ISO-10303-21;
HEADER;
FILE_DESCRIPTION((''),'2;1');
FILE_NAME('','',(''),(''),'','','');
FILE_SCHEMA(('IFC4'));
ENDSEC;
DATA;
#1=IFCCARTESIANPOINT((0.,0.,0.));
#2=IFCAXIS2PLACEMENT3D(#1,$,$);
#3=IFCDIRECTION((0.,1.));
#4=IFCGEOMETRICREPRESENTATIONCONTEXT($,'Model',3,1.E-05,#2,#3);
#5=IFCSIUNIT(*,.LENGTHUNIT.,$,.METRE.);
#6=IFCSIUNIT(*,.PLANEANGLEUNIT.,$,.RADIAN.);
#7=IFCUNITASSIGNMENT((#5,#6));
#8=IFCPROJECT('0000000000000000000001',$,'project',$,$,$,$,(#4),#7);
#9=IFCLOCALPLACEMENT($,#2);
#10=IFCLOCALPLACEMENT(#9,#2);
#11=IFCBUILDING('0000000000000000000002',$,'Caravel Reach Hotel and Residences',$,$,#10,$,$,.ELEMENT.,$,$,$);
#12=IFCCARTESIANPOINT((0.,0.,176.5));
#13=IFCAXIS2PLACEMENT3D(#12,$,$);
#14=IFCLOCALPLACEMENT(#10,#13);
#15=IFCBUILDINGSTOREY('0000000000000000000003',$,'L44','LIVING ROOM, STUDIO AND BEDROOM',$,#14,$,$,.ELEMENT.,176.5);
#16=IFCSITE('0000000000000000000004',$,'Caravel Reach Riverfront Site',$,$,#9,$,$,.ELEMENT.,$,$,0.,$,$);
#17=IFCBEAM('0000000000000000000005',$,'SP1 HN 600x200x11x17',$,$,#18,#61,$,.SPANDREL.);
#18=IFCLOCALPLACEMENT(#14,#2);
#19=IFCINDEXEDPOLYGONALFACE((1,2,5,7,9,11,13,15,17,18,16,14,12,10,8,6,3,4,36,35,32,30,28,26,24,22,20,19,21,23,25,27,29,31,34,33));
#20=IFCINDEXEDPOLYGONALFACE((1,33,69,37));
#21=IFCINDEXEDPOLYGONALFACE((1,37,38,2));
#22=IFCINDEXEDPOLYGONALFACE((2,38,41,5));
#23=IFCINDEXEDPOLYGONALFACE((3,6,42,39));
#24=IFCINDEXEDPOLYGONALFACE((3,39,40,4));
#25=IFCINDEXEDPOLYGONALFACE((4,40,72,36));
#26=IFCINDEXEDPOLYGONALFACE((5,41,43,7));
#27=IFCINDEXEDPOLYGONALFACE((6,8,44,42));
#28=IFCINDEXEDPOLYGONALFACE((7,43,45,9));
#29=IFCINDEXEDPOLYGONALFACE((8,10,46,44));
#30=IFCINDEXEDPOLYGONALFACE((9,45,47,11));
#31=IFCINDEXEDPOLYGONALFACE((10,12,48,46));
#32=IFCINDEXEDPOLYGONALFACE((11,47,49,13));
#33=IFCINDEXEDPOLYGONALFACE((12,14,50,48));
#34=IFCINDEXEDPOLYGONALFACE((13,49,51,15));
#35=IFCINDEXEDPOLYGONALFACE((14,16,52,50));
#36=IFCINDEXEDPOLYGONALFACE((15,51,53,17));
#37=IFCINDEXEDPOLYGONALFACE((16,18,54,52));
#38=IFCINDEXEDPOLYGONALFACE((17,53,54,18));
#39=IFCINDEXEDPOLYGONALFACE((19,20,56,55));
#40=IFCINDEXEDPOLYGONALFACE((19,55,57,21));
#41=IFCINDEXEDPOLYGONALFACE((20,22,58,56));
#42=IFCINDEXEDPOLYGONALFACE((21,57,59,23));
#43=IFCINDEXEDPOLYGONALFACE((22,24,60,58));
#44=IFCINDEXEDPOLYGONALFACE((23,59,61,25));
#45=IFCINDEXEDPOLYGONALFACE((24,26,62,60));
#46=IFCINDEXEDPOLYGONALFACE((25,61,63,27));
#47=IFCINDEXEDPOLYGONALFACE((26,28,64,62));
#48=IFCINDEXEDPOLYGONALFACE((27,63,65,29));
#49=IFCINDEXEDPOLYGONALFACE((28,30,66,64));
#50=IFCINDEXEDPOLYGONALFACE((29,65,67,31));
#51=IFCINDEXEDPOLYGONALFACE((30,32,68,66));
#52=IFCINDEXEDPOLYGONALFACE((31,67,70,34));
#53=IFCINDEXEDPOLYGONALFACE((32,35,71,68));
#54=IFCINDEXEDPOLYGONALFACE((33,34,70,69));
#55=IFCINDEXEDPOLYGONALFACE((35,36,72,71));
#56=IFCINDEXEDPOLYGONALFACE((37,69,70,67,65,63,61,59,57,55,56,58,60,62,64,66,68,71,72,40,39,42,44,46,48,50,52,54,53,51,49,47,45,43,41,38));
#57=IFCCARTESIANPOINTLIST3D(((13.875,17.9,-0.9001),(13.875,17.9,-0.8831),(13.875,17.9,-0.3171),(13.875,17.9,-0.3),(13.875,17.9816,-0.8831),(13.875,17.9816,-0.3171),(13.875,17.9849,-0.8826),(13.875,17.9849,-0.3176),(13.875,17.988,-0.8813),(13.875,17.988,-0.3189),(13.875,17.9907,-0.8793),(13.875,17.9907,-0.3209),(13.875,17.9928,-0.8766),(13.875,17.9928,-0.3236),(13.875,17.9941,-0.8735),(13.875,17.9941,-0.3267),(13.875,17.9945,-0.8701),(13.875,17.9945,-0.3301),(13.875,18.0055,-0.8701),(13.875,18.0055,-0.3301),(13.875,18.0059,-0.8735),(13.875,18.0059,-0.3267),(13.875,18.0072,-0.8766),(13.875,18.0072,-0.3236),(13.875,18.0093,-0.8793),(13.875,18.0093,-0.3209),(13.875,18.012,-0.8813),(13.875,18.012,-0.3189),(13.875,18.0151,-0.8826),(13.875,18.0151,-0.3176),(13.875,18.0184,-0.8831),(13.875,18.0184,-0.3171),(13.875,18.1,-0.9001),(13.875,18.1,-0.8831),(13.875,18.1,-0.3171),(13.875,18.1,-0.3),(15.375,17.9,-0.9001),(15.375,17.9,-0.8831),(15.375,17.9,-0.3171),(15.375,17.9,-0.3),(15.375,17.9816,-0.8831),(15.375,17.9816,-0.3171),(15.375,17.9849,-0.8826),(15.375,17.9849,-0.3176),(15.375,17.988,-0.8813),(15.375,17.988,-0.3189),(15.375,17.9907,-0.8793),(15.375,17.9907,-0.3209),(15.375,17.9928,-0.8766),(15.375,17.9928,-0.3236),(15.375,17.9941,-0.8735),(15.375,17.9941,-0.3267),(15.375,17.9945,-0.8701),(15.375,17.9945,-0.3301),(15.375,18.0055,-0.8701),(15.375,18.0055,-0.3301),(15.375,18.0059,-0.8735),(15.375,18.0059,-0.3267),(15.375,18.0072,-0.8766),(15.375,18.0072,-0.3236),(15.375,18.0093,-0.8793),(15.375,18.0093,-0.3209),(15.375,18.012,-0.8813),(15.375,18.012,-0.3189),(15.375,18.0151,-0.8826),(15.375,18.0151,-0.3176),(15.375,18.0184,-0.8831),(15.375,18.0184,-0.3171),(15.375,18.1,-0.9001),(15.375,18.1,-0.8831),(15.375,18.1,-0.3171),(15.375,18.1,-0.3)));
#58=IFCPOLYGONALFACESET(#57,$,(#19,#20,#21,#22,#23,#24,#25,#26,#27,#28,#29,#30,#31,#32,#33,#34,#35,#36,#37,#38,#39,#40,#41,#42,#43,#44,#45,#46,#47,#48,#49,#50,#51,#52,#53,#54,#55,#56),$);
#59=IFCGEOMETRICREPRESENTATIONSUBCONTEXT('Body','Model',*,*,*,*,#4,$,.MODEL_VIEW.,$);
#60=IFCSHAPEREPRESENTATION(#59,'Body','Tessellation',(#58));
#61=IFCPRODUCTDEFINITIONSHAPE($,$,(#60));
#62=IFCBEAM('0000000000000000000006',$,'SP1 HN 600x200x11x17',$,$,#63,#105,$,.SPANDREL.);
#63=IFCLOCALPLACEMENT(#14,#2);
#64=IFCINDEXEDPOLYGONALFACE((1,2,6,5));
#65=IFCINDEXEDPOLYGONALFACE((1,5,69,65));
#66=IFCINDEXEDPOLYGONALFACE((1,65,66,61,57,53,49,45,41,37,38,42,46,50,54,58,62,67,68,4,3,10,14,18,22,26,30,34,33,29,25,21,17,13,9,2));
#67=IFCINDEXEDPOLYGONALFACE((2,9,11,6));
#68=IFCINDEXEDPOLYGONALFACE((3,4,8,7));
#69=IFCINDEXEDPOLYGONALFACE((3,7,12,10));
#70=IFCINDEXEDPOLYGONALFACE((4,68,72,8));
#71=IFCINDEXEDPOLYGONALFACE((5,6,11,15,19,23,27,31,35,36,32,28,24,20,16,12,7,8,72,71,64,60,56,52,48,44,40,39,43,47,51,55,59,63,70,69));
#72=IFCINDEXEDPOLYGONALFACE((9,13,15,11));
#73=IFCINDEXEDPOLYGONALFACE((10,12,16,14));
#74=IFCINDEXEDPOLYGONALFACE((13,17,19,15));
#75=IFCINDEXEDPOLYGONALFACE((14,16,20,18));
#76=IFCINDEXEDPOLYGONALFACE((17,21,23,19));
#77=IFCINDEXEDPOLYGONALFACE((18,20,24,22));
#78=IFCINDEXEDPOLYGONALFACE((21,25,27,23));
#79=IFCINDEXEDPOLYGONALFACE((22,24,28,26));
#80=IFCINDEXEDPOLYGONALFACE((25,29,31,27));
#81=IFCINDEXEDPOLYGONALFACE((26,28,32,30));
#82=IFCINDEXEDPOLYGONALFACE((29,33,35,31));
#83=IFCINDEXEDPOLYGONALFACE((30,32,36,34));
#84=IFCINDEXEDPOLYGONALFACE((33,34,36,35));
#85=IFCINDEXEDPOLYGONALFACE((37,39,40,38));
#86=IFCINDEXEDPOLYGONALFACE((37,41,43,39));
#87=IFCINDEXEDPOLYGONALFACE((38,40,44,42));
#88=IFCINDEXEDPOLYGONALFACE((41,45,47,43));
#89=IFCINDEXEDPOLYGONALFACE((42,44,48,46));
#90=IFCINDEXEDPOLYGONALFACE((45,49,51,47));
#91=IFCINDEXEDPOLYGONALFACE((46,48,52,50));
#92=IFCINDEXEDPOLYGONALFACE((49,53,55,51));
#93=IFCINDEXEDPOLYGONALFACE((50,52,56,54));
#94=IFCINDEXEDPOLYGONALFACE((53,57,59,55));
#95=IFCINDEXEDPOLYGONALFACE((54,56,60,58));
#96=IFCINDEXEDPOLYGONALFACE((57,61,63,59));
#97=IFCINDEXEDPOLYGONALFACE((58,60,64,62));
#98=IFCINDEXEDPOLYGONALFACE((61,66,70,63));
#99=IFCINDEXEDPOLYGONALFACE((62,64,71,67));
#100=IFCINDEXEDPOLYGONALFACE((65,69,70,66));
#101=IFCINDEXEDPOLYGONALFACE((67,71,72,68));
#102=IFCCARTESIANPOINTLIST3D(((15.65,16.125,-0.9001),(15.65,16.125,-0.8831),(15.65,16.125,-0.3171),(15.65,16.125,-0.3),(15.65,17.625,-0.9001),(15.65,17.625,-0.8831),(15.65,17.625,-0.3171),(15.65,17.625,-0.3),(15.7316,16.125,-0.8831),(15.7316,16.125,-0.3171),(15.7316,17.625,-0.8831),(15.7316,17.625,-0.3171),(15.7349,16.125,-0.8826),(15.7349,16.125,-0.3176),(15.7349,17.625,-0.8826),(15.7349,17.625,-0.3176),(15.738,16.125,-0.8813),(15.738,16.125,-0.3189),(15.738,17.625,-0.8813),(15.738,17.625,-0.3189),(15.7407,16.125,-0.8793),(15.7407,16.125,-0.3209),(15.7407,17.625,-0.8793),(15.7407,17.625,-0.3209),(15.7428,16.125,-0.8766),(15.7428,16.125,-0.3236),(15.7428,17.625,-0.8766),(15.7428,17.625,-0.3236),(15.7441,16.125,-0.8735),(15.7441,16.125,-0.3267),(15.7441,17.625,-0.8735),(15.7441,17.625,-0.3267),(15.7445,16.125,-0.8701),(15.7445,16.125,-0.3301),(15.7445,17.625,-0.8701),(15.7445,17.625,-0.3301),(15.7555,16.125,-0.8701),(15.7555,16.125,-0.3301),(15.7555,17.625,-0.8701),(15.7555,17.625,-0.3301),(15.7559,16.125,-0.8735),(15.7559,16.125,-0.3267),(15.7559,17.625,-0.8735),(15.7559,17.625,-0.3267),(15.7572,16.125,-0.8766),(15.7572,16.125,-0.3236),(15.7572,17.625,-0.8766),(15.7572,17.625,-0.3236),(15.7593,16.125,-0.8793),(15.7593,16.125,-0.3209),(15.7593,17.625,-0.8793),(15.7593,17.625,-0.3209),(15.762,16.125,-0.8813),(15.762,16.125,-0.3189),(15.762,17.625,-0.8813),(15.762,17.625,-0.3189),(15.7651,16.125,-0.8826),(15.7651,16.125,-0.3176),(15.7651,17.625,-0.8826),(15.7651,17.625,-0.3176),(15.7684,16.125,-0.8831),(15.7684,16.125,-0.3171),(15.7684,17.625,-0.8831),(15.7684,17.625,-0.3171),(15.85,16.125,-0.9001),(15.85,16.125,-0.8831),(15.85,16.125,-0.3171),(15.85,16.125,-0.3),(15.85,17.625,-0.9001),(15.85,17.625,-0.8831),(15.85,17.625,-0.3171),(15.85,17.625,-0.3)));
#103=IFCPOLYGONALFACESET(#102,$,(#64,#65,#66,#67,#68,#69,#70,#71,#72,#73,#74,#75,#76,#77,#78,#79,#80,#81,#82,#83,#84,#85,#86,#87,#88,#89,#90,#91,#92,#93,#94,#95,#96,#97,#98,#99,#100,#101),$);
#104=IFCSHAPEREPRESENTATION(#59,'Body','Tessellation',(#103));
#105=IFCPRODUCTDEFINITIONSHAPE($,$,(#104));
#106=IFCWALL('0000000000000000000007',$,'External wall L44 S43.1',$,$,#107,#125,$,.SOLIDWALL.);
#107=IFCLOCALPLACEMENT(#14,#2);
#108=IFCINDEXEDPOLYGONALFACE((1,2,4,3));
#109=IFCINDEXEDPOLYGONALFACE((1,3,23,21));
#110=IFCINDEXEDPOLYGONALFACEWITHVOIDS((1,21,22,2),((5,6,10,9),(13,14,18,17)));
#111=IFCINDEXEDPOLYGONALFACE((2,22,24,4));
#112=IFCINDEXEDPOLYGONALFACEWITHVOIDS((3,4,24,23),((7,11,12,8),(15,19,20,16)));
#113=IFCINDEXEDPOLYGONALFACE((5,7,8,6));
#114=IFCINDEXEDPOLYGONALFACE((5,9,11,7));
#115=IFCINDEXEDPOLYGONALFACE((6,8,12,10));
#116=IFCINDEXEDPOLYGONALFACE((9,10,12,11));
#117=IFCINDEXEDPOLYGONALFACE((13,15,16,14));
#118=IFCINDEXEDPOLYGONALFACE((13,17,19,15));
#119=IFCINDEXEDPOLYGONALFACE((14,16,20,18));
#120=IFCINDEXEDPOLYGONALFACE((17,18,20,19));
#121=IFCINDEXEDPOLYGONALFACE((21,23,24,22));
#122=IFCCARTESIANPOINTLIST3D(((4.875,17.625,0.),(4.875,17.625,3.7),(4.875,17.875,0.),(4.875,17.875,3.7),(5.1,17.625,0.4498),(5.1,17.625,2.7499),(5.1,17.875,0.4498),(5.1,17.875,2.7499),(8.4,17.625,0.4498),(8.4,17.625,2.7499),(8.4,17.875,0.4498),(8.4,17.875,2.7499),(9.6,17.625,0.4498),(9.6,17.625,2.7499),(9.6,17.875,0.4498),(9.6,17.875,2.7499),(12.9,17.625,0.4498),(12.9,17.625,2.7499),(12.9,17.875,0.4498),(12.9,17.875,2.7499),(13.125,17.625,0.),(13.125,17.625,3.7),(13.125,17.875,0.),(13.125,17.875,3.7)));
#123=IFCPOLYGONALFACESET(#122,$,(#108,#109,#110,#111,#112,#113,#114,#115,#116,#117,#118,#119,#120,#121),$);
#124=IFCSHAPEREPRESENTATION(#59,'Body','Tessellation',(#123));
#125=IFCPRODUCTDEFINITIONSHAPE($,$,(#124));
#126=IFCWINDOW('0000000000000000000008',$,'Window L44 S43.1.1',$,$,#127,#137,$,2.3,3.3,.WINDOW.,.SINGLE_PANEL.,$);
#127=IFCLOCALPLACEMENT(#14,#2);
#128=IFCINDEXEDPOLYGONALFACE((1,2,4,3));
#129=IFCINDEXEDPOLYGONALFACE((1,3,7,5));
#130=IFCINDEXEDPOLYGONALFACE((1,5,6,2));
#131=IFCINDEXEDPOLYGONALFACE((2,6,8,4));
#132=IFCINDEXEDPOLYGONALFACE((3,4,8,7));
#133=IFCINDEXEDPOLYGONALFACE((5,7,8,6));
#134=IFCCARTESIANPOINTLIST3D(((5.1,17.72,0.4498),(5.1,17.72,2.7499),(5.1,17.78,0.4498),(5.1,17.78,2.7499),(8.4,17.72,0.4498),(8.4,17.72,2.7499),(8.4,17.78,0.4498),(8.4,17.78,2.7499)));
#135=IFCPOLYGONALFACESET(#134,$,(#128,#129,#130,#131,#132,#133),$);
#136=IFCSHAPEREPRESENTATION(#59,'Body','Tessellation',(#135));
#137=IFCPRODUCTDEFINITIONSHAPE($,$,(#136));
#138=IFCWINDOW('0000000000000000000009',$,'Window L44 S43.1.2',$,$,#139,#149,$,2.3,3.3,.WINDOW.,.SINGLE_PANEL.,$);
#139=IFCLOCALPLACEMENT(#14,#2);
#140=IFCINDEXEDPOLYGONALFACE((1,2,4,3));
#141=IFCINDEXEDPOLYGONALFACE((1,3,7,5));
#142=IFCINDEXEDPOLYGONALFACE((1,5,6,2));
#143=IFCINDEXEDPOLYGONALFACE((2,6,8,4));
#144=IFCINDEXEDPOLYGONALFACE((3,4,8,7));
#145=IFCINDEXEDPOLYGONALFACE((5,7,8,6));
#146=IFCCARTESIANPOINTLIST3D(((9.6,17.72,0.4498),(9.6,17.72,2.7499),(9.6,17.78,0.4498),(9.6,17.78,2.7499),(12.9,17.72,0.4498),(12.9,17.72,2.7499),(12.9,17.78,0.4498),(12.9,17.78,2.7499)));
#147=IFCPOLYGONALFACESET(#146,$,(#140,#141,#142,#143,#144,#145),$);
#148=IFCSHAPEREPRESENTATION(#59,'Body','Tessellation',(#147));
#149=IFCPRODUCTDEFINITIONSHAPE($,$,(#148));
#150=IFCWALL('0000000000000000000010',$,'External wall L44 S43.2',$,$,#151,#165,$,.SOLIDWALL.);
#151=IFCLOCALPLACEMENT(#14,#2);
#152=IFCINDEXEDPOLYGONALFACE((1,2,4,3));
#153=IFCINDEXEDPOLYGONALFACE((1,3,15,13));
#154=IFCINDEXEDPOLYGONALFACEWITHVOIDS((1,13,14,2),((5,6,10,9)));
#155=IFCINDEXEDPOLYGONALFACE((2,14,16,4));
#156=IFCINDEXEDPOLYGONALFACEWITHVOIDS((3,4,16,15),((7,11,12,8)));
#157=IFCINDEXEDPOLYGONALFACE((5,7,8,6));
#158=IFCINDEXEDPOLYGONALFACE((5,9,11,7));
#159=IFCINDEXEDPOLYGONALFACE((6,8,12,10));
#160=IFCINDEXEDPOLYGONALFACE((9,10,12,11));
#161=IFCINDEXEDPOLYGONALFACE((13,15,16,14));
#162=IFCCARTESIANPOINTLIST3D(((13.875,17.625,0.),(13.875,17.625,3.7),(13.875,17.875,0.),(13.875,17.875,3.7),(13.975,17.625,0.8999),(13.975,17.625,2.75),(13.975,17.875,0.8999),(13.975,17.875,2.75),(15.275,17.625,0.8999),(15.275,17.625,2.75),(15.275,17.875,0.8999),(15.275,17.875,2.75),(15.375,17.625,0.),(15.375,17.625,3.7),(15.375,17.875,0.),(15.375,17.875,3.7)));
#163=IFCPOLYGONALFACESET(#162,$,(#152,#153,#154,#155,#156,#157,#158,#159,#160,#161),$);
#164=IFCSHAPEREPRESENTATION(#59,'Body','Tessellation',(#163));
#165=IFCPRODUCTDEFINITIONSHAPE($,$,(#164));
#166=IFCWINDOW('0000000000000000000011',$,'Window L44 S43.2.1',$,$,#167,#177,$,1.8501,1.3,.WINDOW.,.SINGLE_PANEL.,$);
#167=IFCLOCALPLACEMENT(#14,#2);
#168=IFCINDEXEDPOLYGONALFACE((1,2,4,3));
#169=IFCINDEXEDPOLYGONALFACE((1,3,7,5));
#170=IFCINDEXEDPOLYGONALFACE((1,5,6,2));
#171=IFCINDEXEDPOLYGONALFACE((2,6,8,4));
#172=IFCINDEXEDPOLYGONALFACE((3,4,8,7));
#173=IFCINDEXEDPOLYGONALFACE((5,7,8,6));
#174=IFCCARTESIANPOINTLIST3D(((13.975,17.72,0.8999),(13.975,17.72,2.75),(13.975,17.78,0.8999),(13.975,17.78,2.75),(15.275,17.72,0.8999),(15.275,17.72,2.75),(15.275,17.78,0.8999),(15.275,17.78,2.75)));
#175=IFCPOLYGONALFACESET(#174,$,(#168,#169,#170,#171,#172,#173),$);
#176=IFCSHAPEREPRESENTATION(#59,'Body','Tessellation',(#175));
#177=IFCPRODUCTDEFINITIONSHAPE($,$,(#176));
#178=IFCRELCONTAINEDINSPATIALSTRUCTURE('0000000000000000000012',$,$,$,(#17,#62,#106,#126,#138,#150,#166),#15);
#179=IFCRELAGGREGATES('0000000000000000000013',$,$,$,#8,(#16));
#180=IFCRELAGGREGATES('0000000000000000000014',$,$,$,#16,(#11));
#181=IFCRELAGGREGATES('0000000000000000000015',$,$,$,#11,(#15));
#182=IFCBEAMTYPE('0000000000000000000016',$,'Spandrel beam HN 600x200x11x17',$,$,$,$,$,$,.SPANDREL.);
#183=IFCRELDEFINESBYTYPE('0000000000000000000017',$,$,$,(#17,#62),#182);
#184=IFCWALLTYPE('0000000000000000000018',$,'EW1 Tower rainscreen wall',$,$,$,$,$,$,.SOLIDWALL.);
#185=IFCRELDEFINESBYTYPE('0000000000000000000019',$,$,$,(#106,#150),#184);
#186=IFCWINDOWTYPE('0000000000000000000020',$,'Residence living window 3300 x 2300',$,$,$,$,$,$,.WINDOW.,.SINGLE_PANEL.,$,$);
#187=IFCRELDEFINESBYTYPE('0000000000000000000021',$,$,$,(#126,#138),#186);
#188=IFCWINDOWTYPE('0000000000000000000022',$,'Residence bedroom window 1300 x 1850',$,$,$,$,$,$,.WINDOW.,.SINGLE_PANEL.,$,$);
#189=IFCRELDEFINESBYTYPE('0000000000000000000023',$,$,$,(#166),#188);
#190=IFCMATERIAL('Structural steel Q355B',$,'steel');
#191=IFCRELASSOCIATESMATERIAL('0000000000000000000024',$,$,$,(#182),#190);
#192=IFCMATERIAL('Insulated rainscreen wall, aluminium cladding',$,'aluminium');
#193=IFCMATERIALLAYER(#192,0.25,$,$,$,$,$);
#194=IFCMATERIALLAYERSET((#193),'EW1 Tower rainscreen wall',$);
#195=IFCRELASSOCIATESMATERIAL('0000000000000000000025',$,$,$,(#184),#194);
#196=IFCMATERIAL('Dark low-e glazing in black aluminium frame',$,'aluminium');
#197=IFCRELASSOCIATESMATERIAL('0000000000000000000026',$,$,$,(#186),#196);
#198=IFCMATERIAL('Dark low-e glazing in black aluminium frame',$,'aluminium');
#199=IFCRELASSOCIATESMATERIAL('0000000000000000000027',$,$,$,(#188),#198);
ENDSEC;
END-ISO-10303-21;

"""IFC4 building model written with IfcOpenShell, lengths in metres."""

from ifc_helpers import new_model, si_unit, direction, frame, frame_2d, origin, origin_2d, place, context, subcontext, project, spatial, rectangle, i_section, extrude, material, layer, layer_set, material_profile, profile_set, type_object, element, fill, save


model = new_model("IFC4")

# Units and contexts
model_context = context("Model", 3, precision=1e-05, world=origin(), true_north=direction((0.0, 1.0)))
body_context = subcontext(model_context, "Body", "Model", "MODEL_VIEW")
ifc_project = project(units=[si_unit("LENGTHUNIT", "METRE"), si_unit("PLANEANGLEUNIT", "RADIAN")], contexts=[model_context])

# Site, building, storey
site_placement = place(None, origin())
site = spatial("IfcSite", under=ifc_project, at=site_placement, Name="Caravel Reach Riverfront Site", CompositionType="ELEMENT", RefElevation=0.0)
building_placement = place(site_placement, origin())
building = spatial("IfcBuilding", under=site, at=building_placement, Name="Caravel Reach Hotel and Residences", CompositionType="ELEMENT")
storey_placement = place(building_placement, frame((0.0, 0.0, 176.5)))
storey = spatial("IfcBuildingStorey", under=building, at=storey_placement, Name="L44", Description="LIVING ROOM, STUDIO AND BEDROOM", CompositionType="ELEMENT", Elevation=176.5)

# Beams
ifc_material_1 = material(Name="Structural steel Q355B", Category="steel")
ifc_material_profile_1 = material_profile(ifc_material_1, i_section(OverallWidth=0.2, OverallDepth=0.6001, WebThickness=0.011, FlangeThickness=0.0171, FilletRadius=0.0129, at=origin_2d()), Name="HN 600x200x11x17")
ifc_profile_set_1 = profile_set([ifc_material_profile_1], Name="Structural steel Q355B")
beam_type_1 = type_object("IfcBeamType", Name="Spandrel beam HN 600x200x11x17", PredefinedType="SPANDREL", material=ifc_profile_set_1)
for number, where, z_axis, x_axis, name in (
    (1, (13.875, 18.0, -0.6001), (1.0, 0.0, 0.0), (0.0, 1.0, 0.0), "SP1 HN 600x200x11x17"),
    (2, (15.75, 17.625, -0.6001), (0.0, -1.0, 0.0), (1.0, 0.0, 0.0), "SP1 HN 600x200x11x17"),
):
    element("IfcBeam", number, at=place(storey_placement, frame(where, z_axis=z_axis, x_axis=x_axis)), inside=storey, type_object=beam_type_1, Name=name, PredefinedType="SPANDREL", context=body_context, shape_type="SweptSolid", body=[
        extrude(i_section(OverallWidth=0.2, OverallDepth=0.6001, WebThickness=0.011, FlangeThickness=0.0171, FilletRadius=0.0129, at=origin_2d()), origin(), (0.0, 0.0, 1.0), 1.5),
    ])

# Wall, openings, windows
ifc_material_2 = material(Name="Insulated rainscreen wall, aluminium cladding", Category="aluminium")
ifc_layer_1 = layer(ifc_material_2, 0.25)
ifc_layer_set_1 = layer_set([ifc_layer_1], Name="EW1 Tower rainscreen wall")
wall_type_1 = type_object("IfcWallType", Name="EW1 Tower rainscreen wall", PredefinedType="SOLIDWALL", material=ifc_layer_set_1)
wall_1_placement = place(storey_placement, frame((4.875, 17.75, 0.0), z_axis=(0.0, 0.0, 1.0), x_axis=(1.0, 0.0, 0.0)))
wall_1 = element("IfcWall", 3, at=wall_1_placement, inside=storey, type_object=wall_type_1, Name="External wall L44 S43.1", PredefinedType="SOLIDWALL", context=body_context, shape_type="SweptSolid", body=[
    extrude(rectangle(XDim=8.25, YDim=0.25, at=frame_2d((4.125, 0.0))), origin(), (0.0, 0.0, 1.0), 3.7),
])
opening_1_placement = place(wall_1_placement, frame((0.2251, 0.0, 0.45)))
opening_1 = element("IfcOpeningElement", 4, at=opening_1_placement, cuts=wall_1, PredefinedType="OPENING", context=body_context, shape_type="SweptSolid", body=[
    extrude(rectangle(XDim=3.3, YDim=2.3, at=frame_2d((1.6499, 1.1499))), frame((0.0, 0.135, 0.0), z_axis=(0.0, -1.0, 0.0), x_axis=(1.0, 0.0, 0.0)), (0.0, 0.0, 1.0), 0.27),
])
opening_2_placement = place(wall_1_placement, frame((4.7251, 0.0, 0.45)))
opening_2 = element("IfcOpeningElement", 5, at=opening_2_placement, cuts=wall_1, PredefinedType="OPENING", context=body_context, shape_type="SweptSolid", body=[
    extrude(rectangle(XDim=3.3, YDim=2.3, at=frame_2d((1.6499, 1.1499))), frame((0.0, 0.135, 0.0), z_axis=(0.0, -1.0, 0.0), x_axis=(1.0, 0.0, 0.0)), (0.0, 0.0, 1.0), 0.27),
])
ifc_material_3 = material(Name="Dark low-e glazing in black aluminium frame", Category="aluminium")
window_type_1 = type_object("IfcWindowType", Name="Residence living window 3300 x 2300", PartitioningType="SINGLE_PANEL", PredefinedType="WINDOW", material=ifc_material_3)
window_1_placement = place(opening_1_placement, origin())
window_1 = element("IfcWindow", 6, at=window_1_placement, inside=storey, type_object=window_type_1, Name="Window L44 S43.1.1", OverallHeight=2.3, OverallWidth=3.3, PartitioningType="SINGLE_PANEL", PredefinedType="WINDOW", context=body_context, shape_type="SweptSolid", body=[
    extrude(rectangle(XDim=3.3, YDim=2.3, at=frame_2d((1.6499, 1.1499))), frame((0.0, 0.03, 0.0), z_axis=(0.0, -1.0, 0.0), x_axis=(1.0, 0.0, 0.0)), (0.0, 0.0, 1.0), 0.0601),
])
fill(opening_1, window_1)
window_2_placement = place(opening_2_placement, origin())
window_2 = element("IfcWindow", 7, at=window_2_placement, inside=storey, type_object=window_type_1, Name="Window L44 S43.1.2", OverallHeight=2.3, OverallWidth=3.3, PartitioningType="SINGLE_PANEL", PredefinedType="WINDOW", context=body_context, shape_type="SweptSolid", body=[
    extrude(rectangle(XDim=3.3, YDim=2.3, at=frame_2d((1.6499, 1.1499))), frame((0.0, 0.03, 0.0), z_axis=(0.0, -1.0, 0.0), x_axis=(1.0, 0.0, 0.0)), (0.0, 0.0, 1.0), 0.0601),
])
fill(opening_2, window_2)

# Wall, opening, window
wall_2_placement = place(storey_placement, frame((13.875, 17.75, 0.0), z_axis=(0.0, 0.0, 1.0), x_axis=(1.0, 0.0, 0.0)))
wall_2 = element("IfcWall", 8, at=wall_2_placement, inside=storey, type_object=wall_type_1, Name="External wall L44 S43.2", PredefinedType="SOLIDWALL", context=body_context, shape_type="SweptSolid", body=[
    extrude(rectangle(XDim=1.5, YDim=0.25, at=frame_2d((0.75, 0.0))), origin(), (0.0, 0.0, 1.0), 3.7),
])
opening_3_placement = place(wall_2_placement, frame((0.1001, 0.0, 0.8999)))
opening_3 = element("IfcOpeningElement", 9, at=opening_3_placement, cuts=wall_2, PredefinedType="OPENING", context=body_context, shape_type="SweptSolid", body=[
    extrude(rectangle(XDim=1.3, YDim=1.8501, at=frame_2d((0.6499, 0.925))), frame((0.0, 0.135, 0.0), z_axis=(0.0, -1.0, 0.0), x_axis=(1.0, 0.0, 0.0)), (0.0, 0.0, 1.0), 0.27),
])
ifc_material_4 = material(Name="Dark low-e glazing in black aluminium frame", Category="aluminium")
window_type_2 = type_object("IfcWindowType", Name="Residence bedroom window 1300 x 1850", PartitioningType="SINGLE_PANEL", PredefinedType="WINDOW", material=ifc_material_4)
window_3_placement = place(opening_3_placement, origin())
window_3 = element("IfcWindow", 10, at=window_3_placement, inside=storey, type_object=window_type_2, Name="Window L44 S43.2.1", OverallHeight=1.8501, OverallWidth=1.3, PartitioningType="SINGLE_PANEL", PredefinedType="WINDOW", context=body_context, shape_type="SweptSolid", body=[
    extrude(rectangle(XDim=1.3, YDim=1.8501, at=frame_2d((0.6499, 0.925))), frame((0.0, 0.03, 0.0), z_axis=(0.0, -1.0, 0.0), x_axis=(1.0, 0.0, 0.0)), (0.0, 0.0, 1.0), 0.0601),
])
fill(opening_3, window_3)

save(model, "model.ifc")
